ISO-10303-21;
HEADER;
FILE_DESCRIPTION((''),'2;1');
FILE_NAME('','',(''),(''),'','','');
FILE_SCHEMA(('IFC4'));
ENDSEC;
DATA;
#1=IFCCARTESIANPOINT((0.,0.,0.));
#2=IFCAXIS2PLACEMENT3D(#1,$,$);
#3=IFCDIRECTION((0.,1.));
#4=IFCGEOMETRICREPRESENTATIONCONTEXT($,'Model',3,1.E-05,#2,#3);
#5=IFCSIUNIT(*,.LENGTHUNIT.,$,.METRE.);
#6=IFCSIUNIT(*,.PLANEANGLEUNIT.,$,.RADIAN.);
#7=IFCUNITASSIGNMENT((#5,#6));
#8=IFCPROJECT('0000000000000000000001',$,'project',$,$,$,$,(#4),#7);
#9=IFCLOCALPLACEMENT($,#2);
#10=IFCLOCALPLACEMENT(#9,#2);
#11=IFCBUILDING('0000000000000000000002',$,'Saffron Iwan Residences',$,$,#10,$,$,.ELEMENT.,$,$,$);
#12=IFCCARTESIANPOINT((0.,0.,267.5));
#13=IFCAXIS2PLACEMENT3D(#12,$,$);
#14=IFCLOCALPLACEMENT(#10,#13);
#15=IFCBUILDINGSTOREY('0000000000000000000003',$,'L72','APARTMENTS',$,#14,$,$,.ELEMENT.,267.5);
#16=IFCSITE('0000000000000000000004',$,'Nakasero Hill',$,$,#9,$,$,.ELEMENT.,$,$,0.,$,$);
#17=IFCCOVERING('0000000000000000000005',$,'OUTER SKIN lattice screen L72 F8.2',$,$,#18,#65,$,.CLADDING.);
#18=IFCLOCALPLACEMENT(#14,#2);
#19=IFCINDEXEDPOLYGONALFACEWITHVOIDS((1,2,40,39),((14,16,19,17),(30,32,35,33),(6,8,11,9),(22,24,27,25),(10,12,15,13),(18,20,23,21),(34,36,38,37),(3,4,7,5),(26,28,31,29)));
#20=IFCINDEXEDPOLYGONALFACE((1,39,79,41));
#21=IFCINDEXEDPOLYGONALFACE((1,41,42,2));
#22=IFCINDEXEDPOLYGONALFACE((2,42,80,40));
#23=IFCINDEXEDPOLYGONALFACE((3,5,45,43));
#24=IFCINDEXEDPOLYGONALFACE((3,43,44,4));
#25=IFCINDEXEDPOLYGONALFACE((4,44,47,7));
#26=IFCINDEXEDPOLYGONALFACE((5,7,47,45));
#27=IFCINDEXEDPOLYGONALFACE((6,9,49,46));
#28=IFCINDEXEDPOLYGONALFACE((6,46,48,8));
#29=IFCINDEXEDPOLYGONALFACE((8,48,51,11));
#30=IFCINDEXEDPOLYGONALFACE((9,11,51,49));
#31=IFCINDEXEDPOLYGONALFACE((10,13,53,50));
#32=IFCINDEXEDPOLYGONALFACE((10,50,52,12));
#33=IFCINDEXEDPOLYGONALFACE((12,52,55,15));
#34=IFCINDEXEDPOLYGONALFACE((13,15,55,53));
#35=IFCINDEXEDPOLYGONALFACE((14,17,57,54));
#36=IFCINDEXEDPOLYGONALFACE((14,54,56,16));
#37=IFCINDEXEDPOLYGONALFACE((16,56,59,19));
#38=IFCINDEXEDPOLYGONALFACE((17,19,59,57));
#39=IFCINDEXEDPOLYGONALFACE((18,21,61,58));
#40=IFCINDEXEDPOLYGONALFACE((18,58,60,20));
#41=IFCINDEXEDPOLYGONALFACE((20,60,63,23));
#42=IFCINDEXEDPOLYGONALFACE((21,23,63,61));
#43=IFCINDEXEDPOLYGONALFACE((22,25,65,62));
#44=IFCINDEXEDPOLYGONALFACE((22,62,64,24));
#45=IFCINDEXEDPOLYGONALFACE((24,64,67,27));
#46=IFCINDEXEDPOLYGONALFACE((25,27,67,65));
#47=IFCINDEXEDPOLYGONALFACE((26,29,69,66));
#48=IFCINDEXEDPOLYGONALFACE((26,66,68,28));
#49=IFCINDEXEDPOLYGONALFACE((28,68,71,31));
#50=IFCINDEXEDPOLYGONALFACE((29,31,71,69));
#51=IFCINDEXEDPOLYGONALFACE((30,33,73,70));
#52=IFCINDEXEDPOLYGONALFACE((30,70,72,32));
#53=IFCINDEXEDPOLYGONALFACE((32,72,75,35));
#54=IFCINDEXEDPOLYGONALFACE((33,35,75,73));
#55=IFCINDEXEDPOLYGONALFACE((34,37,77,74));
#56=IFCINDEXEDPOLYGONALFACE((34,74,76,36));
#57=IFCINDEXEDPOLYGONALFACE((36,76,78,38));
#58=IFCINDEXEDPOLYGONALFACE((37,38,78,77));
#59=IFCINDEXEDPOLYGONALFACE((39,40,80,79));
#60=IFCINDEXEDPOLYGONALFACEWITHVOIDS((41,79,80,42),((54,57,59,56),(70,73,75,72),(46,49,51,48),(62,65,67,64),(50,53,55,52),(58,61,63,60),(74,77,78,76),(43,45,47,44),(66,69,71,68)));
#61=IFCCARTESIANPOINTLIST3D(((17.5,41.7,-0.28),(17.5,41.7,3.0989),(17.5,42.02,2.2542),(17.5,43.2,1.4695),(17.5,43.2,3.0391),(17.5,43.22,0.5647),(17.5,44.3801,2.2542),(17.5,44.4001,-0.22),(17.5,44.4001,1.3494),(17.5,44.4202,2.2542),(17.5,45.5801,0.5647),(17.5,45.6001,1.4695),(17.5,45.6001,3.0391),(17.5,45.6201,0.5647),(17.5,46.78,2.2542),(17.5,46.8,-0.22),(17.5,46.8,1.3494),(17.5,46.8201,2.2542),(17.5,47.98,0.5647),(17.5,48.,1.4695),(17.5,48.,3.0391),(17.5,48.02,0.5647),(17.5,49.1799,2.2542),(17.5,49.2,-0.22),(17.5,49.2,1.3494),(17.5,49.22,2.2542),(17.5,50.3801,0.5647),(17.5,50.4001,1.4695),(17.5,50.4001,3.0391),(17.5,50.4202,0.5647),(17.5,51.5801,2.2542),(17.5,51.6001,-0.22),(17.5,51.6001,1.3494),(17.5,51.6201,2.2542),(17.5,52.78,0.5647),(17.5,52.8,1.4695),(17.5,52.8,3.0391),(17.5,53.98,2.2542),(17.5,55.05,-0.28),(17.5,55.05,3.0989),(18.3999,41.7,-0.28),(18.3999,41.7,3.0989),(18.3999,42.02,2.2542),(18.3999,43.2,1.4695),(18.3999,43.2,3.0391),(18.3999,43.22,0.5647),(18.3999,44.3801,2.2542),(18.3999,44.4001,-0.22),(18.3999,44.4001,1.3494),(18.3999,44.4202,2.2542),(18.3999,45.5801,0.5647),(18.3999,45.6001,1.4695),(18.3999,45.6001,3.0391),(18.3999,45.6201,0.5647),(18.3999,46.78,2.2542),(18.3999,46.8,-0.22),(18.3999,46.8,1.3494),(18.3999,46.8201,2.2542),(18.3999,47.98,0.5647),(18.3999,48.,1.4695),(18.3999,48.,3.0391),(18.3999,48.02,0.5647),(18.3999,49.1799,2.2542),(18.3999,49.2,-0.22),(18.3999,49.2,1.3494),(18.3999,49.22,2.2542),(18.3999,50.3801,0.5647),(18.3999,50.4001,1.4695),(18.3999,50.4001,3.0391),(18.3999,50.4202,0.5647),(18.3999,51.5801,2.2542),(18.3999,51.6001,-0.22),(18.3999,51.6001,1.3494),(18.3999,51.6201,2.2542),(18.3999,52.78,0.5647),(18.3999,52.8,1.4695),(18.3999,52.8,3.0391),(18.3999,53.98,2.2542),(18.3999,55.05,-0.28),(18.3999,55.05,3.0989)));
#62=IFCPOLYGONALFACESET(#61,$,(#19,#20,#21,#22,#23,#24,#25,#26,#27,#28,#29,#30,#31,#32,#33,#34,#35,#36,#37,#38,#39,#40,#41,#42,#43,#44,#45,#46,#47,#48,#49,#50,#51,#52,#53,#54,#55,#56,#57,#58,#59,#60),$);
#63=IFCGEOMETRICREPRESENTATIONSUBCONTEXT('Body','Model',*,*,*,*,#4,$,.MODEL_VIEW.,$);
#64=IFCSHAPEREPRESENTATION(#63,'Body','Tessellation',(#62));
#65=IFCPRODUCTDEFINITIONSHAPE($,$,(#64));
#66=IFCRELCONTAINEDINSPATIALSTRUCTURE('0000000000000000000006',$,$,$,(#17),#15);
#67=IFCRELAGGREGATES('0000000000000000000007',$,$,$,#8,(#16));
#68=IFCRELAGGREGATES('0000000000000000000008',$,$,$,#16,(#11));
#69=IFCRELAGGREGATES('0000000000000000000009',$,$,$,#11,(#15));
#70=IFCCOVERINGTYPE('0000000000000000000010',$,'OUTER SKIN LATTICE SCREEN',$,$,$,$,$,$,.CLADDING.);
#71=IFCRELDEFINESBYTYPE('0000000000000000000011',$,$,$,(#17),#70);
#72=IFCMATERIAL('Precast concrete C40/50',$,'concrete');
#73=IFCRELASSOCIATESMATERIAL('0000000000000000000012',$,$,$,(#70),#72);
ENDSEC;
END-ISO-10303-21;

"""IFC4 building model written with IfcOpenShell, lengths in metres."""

from ifc_helpers import new_model, si_unit, direction, frame, origin, place, context, subcontext, project, spatial, polyline, outline, extrude, material, type_object, element, save


model = new_model("IFC4")

# Units and contexts
model_context = context("Model", 3, precision=1e-05, world=origin(), true_north=direction((0.0, 1.0)))
body_context = subcontext(model_context, "Body", "Model", "MODEL_VIEW")
ifc_project = project(units=[si_unit("LENGTHUNIT", "METRE"), si_unit("PLANEANGLEUNIT", "RADIAN")], contexts=[model_context])

# Site, building, storey
site_placement = place(None, origin())
site = spatial("IfcSite", under=ifc_project, at=site_placement, Name="Nakasero Hill", CompositionType="ELEMENT", RefElevation=0.0)
building_placement = place(site_placement, origin())
building = spatial("IfcBuilding", under=site, at=building_placement, Name="Saffron Iwan Residences", CompositionType="ELEMENT")
storey_placement = place(building_placement, frame((0.0, 0.0, 267.5)))
storey = spatial("IfcBuildingStorey", under=building, at=storey_placement, Name="L72", Description="APARTMENTS", CompositionType="ELEMENT", Elevation=267.5)

# Covering
ifc_material_1 = material(Name="Precast concrete C40/50", Category="concrete")
covering_type = type_object("IfcCoveringType", Name="OUTER SKIN LATTICE SCREEN", PredefinedType="CLADDING", material=ifc_material_1)
covering_placement = place(storey_placement, frame((18.3999, 55.05, -0.28), z_axis=(-1.0, 0.0, 0.0), x_axis=(0.0, -1.0, 0.0)))
element("IfcCovering", 1, at=covering_placement, inside=storey, type_object=covering_type, Name="OUTER SKIN lattice screen L72 F8.2", PredefinedType="CLADDING", context=body_context, shape_type="SweptSolid", body=[
    extrude(outline(polyline([(0.0, 0.0), (13.3501, 0.0), (13.3501, 3.3789), (0.0, 3.3789), (0.0, 0.0)]), holes=[polyline([(2.27, 0.8447), (3.45, 0.0601), (4.6299, 0.8447), (3.45, 1.6294), (2.27, 0.8447)]), polyline([(4.6699, 0.8447), (5.8501, 0.0601), (7.03, 0.8447), (5.8501, 1.6294), (4.6699, 0.8447)]), polyline([(7.0701, 0.8447), (8.25, 0.0601), (9.4299, 0.8447), (8.25, 1.6294), (7.0701, 0.8447)]), polyline([(9.47, 0.8447), (10.6499, 0.0601), (11.8301, 0.8447), (10.6499, 1.6294), (9.47, 0.8447)]), polyline([(1.0701, 2.5342), (2.25, 1.7495), (3.4299, 2.5342), (2.25, 3.3191), (1.0701, 2.5342)]), polyline([(3.47, 2.5342), (4.6499, 1.7495), (5.8301, 2.5342), (4.6499, 3.3191), (3.47, 2.5342)]), polyline([(5.8701, 2.5342), (7.05, 1.7495), (8.23, 2.5342), (7.05, 3.3191), (5.8701, 2.5342)]), polyline([(8.27, 2.5342), (9.45, 1.7495), (10.6299, 2.5342), (9.45, 3.3191), (8.27, 2.5342)]), polyline([(10.6699, 2.5342), (11.8501, 1.7495), (13.03, 2.5342), (11.8501, 3.3191), (10.6699, 2.5342)])]), origin(), (0.0, 0.0, 1.0), 0.8999),
])

save(model, "model.ifc")
